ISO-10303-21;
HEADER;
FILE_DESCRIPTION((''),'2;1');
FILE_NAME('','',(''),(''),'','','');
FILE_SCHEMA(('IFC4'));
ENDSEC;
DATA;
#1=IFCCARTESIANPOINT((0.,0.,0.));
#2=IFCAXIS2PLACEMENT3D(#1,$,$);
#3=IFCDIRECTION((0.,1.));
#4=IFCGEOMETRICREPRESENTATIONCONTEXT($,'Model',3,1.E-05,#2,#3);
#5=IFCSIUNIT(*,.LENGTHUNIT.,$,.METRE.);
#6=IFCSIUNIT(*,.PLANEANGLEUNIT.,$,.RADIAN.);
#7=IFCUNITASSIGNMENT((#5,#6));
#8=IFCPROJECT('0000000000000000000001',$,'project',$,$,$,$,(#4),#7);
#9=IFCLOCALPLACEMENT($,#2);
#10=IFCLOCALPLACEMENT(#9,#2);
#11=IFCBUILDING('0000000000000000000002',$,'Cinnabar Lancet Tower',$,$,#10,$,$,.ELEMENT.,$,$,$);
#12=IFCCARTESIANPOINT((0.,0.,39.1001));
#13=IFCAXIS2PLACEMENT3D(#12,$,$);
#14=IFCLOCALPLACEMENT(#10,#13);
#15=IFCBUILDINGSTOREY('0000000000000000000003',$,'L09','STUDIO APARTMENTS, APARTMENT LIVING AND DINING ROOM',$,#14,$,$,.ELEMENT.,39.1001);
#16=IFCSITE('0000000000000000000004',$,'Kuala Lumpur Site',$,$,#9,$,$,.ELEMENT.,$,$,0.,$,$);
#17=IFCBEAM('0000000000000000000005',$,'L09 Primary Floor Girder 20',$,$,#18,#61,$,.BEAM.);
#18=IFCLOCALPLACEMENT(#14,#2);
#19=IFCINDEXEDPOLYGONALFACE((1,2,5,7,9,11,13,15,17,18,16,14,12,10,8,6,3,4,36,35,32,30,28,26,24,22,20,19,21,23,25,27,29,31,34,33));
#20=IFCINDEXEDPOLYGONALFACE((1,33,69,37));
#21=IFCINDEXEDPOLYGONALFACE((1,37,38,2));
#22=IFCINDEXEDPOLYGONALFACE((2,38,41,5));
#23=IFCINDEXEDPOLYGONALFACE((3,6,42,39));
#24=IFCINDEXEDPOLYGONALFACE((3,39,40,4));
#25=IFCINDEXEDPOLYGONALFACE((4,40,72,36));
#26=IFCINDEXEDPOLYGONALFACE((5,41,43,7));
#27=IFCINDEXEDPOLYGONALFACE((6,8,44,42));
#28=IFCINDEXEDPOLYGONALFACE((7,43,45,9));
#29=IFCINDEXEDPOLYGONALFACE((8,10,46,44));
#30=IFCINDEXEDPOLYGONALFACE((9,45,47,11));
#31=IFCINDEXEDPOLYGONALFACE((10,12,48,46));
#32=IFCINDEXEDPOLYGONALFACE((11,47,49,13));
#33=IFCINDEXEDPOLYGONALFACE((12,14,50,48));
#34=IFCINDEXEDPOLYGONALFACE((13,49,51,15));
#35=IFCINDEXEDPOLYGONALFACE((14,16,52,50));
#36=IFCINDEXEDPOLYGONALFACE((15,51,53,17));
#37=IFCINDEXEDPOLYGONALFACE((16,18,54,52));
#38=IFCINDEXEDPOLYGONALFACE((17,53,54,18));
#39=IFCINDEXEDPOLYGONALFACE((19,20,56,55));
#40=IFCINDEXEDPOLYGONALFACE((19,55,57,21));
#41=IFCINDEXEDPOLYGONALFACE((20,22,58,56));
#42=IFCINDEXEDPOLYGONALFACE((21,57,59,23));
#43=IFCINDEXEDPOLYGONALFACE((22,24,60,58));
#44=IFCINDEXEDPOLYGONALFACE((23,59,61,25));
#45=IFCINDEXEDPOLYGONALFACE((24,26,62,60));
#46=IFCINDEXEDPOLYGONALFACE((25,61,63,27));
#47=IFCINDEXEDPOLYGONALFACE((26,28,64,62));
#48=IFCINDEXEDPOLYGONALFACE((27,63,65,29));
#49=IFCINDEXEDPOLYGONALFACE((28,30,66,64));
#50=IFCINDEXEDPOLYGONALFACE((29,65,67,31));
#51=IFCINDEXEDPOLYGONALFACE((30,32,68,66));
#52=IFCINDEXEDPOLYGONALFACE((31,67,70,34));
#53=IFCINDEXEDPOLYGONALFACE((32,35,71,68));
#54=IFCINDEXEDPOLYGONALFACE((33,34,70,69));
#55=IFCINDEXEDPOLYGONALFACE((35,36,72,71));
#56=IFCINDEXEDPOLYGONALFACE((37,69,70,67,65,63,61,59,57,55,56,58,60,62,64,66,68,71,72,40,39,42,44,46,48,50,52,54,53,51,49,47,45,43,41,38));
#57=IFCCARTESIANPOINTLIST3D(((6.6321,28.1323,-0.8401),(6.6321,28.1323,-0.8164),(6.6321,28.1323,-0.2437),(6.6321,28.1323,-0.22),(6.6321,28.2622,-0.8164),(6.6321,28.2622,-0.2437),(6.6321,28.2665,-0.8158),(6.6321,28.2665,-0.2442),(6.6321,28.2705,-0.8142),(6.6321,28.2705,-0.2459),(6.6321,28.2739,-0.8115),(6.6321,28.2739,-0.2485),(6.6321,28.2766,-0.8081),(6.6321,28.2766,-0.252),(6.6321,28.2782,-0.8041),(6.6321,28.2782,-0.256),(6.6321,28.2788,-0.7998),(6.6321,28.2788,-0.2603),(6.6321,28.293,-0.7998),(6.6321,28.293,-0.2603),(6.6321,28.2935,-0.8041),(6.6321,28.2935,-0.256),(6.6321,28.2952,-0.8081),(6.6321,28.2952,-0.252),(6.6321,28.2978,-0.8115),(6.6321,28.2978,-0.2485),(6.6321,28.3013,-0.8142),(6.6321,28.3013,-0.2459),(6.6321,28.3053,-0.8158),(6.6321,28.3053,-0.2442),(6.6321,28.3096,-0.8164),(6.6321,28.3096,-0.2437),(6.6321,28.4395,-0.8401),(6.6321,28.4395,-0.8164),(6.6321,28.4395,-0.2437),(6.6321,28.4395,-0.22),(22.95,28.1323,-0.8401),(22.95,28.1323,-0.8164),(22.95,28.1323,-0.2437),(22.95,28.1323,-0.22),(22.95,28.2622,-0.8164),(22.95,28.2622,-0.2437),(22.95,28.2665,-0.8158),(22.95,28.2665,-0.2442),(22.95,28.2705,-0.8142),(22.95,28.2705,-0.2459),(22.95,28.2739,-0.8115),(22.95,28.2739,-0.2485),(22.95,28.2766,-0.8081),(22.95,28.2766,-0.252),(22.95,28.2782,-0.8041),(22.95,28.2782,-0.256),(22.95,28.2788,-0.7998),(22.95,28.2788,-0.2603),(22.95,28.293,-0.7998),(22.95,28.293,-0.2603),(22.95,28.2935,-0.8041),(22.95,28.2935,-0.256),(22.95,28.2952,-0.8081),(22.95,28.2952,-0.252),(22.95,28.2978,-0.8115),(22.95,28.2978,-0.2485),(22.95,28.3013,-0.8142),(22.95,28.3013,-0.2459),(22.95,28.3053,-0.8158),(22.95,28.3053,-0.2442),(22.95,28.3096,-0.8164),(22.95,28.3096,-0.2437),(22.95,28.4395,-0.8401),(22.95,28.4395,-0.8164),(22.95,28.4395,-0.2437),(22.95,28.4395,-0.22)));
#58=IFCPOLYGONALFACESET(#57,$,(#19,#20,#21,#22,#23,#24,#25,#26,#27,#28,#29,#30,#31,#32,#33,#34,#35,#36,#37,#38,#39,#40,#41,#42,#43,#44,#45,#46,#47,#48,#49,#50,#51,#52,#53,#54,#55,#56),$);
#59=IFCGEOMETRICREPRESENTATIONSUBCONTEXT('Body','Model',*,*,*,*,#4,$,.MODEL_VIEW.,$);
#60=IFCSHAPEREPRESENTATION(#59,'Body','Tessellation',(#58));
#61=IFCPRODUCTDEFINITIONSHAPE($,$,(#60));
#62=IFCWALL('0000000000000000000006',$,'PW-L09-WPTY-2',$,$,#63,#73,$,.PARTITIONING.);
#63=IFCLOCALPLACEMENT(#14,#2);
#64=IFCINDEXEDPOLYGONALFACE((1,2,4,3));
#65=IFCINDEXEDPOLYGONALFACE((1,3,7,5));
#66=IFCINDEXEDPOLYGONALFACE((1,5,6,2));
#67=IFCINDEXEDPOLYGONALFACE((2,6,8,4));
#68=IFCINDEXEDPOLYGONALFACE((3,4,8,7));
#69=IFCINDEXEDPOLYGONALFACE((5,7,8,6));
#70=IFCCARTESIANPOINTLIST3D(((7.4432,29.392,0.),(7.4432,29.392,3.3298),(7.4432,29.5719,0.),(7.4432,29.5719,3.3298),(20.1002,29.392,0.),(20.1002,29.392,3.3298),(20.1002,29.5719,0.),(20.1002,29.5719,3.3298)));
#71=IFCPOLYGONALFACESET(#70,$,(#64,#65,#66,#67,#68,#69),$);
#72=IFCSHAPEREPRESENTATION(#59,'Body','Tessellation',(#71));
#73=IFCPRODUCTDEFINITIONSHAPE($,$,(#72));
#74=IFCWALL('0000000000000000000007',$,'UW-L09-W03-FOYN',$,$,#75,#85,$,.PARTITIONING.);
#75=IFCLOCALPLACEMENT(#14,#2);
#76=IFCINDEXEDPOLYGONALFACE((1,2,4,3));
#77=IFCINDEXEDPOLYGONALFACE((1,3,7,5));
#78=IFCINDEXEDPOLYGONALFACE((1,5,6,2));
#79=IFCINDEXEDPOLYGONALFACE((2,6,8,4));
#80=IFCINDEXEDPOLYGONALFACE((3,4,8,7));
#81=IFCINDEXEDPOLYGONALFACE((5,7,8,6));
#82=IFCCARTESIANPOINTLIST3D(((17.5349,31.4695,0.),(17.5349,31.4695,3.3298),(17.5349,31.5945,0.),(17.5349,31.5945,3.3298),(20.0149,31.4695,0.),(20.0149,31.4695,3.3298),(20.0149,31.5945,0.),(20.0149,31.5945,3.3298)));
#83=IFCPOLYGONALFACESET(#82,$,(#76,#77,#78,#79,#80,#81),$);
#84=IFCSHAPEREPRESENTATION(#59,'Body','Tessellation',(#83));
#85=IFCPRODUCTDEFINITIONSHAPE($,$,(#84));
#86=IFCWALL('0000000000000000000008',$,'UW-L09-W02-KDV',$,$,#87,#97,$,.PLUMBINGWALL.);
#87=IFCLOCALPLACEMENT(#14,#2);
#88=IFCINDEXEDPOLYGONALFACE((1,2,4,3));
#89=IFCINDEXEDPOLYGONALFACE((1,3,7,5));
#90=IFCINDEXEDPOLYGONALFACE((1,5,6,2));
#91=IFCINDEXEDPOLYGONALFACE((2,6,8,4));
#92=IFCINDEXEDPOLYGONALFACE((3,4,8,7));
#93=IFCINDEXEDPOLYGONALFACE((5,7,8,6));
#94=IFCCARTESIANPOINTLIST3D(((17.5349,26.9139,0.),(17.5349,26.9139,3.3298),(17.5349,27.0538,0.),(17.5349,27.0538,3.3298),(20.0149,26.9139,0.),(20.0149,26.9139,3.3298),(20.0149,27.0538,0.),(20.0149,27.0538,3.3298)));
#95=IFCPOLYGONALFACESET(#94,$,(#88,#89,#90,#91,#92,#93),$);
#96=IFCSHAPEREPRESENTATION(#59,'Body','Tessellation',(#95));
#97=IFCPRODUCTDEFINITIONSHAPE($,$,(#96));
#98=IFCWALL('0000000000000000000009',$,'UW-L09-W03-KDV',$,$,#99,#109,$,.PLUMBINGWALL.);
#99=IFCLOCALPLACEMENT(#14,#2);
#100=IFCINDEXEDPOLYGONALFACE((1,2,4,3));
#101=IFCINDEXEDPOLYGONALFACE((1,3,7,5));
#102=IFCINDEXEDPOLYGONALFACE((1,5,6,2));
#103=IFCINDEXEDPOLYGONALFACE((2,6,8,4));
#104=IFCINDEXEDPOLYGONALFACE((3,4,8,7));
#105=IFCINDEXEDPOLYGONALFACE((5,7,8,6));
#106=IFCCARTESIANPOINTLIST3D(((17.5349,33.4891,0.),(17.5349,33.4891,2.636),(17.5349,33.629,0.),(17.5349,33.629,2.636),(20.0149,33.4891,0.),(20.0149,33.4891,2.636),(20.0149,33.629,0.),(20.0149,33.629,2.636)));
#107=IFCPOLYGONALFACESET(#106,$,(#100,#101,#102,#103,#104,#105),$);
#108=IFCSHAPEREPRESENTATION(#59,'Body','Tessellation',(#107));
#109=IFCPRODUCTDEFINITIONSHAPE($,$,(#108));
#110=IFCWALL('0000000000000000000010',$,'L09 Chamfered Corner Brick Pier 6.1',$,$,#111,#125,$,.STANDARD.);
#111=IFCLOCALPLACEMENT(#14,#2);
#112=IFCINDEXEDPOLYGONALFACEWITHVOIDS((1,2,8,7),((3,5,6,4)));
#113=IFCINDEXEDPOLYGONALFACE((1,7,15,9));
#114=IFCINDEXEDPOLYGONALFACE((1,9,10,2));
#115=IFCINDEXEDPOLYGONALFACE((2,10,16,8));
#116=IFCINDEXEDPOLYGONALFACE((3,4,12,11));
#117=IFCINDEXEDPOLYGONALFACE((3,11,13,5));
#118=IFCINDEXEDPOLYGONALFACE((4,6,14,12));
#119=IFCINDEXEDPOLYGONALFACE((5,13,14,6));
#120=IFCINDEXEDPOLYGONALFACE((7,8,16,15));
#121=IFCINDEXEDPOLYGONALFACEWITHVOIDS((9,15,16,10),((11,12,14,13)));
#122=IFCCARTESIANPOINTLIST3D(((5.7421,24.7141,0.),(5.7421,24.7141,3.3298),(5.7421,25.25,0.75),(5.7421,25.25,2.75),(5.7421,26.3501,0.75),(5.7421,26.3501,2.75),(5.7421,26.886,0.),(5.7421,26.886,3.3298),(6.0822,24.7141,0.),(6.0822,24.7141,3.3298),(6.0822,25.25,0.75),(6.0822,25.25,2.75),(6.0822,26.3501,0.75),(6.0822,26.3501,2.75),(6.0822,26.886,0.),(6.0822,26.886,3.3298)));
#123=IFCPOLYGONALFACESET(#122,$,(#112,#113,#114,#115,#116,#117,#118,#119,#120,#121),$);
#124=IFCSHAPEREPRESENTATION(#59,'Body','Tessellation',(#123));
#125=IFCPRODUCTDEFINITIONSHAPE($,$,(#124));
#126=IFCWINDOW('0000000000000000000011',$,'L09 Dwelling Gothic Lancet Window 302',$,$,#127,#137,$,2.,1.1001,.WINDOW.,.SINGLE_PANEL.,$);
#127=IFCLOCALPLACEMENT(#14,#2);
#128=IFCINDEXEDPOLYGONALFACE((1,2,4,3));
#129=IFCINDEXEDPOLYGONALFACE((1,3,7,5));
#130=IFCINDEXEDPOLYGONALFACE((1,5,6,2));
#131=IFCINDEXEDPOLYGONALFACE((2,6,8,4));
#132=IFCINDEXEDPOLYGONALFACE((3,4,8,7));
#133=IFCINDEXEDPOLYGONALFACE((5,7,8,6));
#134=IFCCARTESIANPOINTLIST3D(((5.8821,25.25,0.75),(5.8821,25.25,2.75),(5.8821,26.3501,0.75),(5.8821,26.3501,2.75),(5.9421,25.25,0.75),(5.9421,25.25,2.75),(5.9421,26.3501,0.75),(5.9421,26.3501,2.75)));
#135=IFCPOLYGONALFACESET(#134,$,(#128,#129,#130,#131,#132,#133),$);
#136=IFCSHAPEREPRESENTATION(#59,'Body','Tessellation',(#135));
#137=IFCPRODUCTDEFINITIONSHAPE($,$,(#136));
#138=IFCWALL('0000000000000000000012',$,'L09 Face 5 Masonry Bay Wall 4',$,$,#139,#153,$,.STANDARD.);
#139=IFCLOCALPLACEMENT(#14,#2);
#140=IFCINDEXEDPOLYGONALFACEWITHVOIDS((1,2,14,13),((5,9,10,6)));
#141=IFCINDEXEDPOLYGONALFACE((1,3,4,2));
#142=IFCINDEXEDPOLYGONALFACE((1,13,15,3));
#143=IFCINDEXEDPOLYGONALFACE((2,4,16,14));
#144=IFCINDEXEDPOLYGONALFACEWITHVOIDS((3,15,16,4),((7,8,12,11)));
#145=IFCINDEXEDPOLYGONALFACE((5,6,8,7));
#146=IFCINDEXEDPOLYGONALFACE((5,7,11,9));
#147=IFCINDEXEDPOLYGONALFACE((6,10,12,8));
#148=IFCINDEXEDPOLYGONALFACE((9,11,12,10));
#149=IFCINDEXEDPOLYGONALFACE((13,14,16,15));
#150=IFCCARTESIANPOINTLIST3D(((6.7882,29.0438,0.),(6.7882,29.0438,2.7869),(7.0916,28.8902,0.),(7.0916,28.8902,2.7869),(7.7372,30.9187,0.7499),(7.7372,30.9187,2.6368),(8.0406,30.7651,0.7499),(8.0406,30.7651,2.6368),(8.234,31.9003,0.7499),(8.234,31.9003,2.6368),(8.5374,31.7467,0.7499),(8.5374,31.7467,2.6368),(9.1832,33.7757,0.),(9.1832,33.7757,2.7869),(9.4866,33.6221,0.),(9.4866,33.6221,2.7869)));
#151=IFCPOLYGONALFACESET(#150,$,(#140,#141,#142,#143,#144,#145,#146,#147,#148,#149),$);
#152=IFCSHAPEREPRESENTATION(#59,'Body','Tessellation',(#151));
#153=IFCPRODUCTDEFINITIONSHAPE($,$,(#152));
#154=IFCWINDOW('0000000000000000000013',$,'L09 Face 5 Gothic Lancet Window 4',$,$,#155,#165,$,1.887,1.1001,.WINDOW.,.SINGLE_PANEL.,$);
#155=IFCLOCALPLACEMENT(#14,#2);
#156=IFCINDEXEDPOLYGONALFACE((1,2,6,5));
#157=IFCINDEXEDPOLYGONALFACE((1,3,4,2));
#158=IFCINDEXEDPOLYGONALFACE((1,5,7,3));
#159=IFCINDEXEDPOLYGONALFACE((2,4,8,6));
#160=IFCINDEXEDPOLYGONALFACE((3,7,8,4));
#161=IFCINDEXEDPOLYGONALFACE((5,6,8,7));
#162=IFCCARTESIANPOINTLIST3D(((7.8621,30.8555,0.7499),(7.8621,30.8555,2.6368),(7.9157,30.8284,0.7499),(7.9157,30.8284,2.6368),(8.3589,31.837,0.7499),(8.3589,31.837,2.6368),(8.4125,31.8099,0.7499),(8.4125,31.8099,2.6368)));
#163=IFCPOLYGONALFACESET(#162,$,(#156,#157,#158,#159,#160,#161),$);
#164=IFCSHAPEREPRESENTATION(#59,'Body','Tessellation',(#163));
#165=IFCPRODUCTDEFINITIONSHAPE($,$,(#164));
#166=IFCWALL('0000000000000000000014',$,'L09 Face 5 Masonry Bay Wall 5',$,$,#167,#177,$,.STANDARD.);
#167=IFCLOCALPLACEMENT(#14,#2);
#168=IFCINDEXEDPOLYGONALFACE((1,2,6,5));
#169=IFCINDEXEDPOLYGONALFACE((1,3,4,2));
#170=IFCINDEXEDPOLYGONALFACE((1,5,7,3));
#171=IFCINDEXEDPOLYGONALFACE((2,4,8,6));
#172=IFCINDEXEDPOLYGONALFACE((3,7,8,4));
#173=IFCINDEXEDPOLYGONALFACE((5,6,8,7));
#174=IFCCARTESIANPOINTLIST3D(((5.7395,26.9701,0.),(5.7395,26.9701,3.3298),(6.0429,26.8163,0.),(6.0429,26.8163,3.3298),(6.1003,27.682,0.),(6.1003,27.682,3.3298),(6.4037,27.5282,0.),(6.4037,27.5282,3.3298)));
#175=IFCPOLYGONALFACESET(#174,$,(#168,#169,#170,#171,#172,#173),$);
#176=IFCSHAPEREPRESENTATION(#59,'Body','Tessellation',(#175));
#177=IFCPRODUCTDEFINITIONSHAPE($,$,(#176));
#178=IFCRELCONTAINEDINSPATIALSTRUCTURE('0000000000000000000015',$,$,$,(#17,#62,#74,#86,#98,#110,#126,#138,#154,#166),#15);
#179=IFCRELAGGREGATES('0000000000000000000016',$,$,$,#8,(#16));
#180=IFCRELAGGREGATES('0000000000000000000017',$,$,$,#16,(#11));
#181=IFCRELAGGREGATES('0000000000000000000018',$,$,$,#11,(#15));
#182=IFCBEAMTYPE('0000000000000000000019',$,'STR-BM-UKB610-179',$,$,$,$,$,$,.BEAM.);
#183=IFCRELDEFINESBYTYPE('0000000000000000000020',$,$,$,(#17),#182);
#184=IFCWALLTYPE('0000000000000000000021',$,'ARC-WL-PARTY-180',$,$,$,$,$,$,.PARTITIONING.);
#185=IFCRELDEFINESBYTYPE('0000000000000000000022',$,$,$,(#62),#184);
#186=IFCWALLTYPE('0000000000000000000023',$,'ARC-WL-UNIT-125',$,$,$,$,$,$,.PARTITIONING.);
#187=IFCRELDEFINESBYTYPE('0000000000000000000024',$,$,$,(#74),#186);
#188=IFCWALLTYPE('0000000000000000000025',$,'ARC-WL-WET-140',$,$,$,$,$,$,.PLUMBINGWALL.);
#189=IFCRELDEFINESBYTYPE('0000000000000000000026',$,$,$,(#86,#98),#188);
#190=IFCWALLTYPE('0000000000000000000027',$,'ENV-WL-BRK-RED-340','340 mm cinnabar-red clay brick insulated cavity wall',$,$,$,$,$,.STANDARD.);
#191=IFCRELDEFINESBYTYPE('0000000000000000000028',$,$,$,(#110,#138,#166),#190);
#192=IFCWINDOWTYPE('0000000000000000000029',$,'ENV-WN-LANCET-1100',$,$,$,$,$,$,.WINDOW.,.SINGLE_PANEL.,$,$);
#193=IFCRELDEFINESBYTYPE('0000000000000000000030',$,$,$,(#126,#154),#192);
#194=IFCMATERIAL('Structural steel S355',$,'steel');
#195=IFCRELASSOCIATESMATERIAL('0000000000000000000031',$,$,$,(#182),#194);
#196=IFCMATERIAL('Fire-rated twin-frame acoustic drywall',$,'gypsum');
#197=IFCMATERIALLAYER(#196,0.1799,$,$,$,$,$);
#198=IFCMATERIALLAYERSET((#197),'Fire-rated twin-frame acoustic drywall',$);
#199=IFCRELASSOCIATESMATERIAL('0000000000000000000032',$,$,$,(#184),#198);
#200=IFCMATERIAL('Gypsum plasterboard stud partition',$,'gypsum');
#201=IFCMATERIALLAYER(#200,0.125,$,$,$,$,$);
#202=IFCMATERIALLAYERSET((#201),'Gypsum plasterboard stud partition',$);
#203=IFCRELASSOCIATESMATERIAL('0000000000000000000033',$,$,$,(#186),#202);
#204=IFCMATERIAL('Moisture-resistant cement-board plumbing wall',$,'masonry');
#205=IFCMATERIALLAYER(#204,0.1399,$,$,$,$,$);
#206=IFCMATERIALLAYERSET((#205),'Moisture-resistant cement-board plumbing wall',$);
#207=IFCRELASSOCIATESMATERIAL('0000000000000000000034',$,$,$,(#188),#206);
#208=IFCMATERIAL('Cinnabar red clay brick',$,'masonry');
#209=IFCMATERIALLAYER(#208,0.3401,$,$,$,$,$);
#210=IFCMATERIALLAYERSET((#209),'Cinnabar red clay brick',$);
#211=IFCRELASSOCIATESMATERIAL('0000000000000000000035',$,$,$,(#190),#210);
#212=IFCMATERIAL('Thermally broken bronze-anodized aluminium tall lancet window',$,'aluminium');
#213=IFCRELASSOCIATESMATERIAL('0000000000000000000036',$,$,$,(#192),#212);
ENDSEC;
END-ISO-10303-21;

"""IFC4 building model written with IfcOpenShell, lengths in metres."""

from ifc_helpers import new_model, si_unit, direction, frame, frame_2d, origin, origin_2d, place, context, subcontext, project, spatial, rectangle, i_section, extrude, material, layer, layer_set, material_profile, profile_set, type_object, element, fill, save


model = new_model("IFC4")

# Units and contexts
model_context = context("Model", 3, precision=1e-05, world=origin(), true_north=direction((0.0, 1.0)))
body_context = subcontext(model_context, "Body", "Model", "MODEL_VIEW")
ifc_project = project(units=[si_unit("LENGTHUNIT", "METRE"), si_unit("PLANEANGLEUNIT", "RADIAN")], contexts=[model_context])

# Site, building, storey
site_placement = place(None, origin())
site = spatial("IfcSite", under=ifc_project, at=site_placement, Name="Kuala Lumpur Site", CompositionType="ELEMENT", RefElevation=0.0)
building_placement = place(site_placement, origin())
building = spatial("IfcBuilding", under=site, at=building_placement, Name="Cinnabar Lancet Tower", CompositionType="ELEMENT")
storey_placement = place(building_placement, frame((0.0, 0.0, 39.1001)))
storey = spatial("IfcBuildingStorey", under=building, at=storey_placement, Name="L09", Description="STUDIO APARTMENTS, APARTMENT LIVING AND DINING ROOM", CompositionType="ELEMENT", Elevation=39.1001)

# Beam
ifc_material_1 = material(Name="Structural steel S355", Category="steel")
ifc_material_profile_1 = material_profile(ifc_material_1, i_section(OverallWidth=0.3071, OverallDepth=0.6201, WebThickness=0.0142, FlangeThickness=0.0237, FilletRadius=0.0166, at=origin_2d()), Name="UKB 610x305x179")
ifc_profile_set_1 = profile_set([ifc_material_profile_1], Name="Structural steel S355")
beam_type_1 = type_object("IfcBeamType", Name="STR-BM-UKB610-179", PredefinedType="BEAM", material=ifc_profile_set_1)
beam_1_placement = place(storey_placement, frame((6.6321, 28.2859, -0.53), z_axis=(1.0, 0.0, 0.0), x_axis=(0.0, 1.0, 0.0)))
element("IfcBeam", 1, at=beam_1_placement, inside=storey, type_object=beam_type_1, Name="L09 Primary Floor Girder 20", PredefinedType="BEAM", context=body_context, shape_type="SweptSolid", body=[
    extrude(i_section(OverallWidth=0.3071, OverallDepth=0.6201, WebThickness=0.0142, FlangeThickness=0.0237, FilletRadius=0.0166, at=origin_2d()), origin(), (0.0, 0.0, 1.0), 16.3179),
])

# Walls
ifc_material_2 = material(Name="Fire-rated twin-frame acoustic drywall", Category="gypsum")
ifc_layer_1 = layer(ifc_material_2, 0.1799)
ifc_layer_set_1 = layer_set([ifc_layer_1], Name="Fire-rated twin-frame acoustic drywall")
wall_type_1 = type_object("IfcWallType", Name="ARC-WL-PARTY-180", PredefinedType="PARTITIONING", material=ifc_layer_set_1)
wall_1_placement = place(storey_placement, frame((7.4431, 29.4819, 0.0), z_axis=(0.0, 0.0, 1.0), x_axis=(1.0, 0.0, 0.0)))
element("IfcWall", 2, at=wall_1_placement, inside=storey, type_object=wall_type_1, Name="PW-L09-WPTY-2", PredefinedType="PARTITIONING", context=body_context, shape_type="SweptSolid", body=[
    extrude(rectangle(XDim=12.657, YDim=0.1799, at=frame_2d((6.3286, 0.0))), origin(), (0.0, 0.0, 1.0), 3.3298),
])
ifc_material_3 = material(Name="Gypsum plasterboard stud partition", Category="gypsum")
ifc_layer_2 = layer(ifc_material_3, 0.125)
ifc_layer_set_2 = layer_set([ifc_layer_2], Name="Gypsum plasterboard stud partition")
wall_type_2 = type_object("IfcWallType", Name="ARC-WL-UNIT-125", PredefinedType="PARTITIONING", material=ifc_layer_set_2)
wall_2_placement = place(storey_placement, frame((17.5349, 31.532, 0.0), z_axis=(0.0, 0.0, 1.0), x_axis=(1.0, 0.0, 0.0)))
element("IfcWall", 3, at=wall_2_placement, inside=storey, type_object=wall_type_2, Name="UW-L09-W03-FOYN", PredefinedType="PARTITIONING", context=body_context, shape_type="SweptSolid", body=[
    extrude(rectangle(XDim=2.48, YDim=0.125, at=frame_2d((1.24, 0.0))), origin(), (0.0, 0.0, 1.0), 3.3298),
])
ifc_material_4 = material(Name="Moisture-resistant cement-board plumbing wall", Category="masonry")
ifc_layer_3 = layer(ifc_material_4, 0.1399)
ifc_layer_set_3 = layer_set([ifc_layer_3], Name="Moisture-resistant cement-board plumbing wall")
wall_type_3 = type_object("IfcWallType", Name="ARC-WL-WET-140", PredefinedType="PLUMBINGWALL", material=ifc_layer_set_3)
wall_3_placement = place(storey_placement, frame((17.5349, 26.9839, 0.0), z_axis=(0.0, 0.0, 1.0), x_axis=(1.0, 0.0, 0.0)))
element("IfcWall", 4, at=wall_3_placement, inside=storey, type_object=wall_type_3, Name="UW-L09-W02-KDV", PredefinedType="PLUMBINGWALL", context=body_context, shape_type="SweptSolid", body=[
    extrude(rectangle(XDim=2.48, YDim=0.1399, at=frame_2d((1.24, 0.0))), origin(), (0.0, 0.0, 1.0), 3.3298),
])

# Wall
wall_4_placement = place(storey_placement, frame((17.5349, 33.5591, 0.0), z_axis=(0.0, 0.0, 1.0), x_axis=(1.0, 0.0, 0.0)))
element("IfcWall", 5, at=wall_4_placement, inside=storey, type_object=wall_type_3, Name="UW-L09-W03-KDV", PredefinedType="PLUMBINGWALL", context=body_context, shape_type="SweptSolid", body=[
    extrude(rectangle(XDim=2.48, YDim=0.1399, at=frame_2d((1.24, 0.0))), origin(), (0.0, 0.0, 1.0), 2.636),
])

# Walls, openings, windows
ifc_material_5 = material(Name="Cinnabar red clay brick", Category="masonry")
ifc_layer_4 = layer(ifc_material_5, 0.3401)
ifc_layer_set_4 = layer_set([ifc_layer_4], Name="Cinnabar red clay brick")
wall_type_4 = type_object("IfcWallType", Name="ENV-WL-BRK-RED-340", Description="340 mm cinnabar-red clay brick insulated cavity wall", PredefinedType="STANDARD", material=ifc_layer_set_4)
wall_5_placement = place(storey_placement, frame((5.9121, 26.886, 0.0), z_axis=(0.0, 0.0, 1.0), x_axis=(0.0, -1.0, 0.0)))
wall_5 = element("IfcWall", 6, at=wall_5_placement, inside=storey, type_object=wall_type_4, Name="L09 Chamfered Corner Brick Pier 6.1", PredefinedType="STANDARD", context=body_context, shape_type="SweptSolid", body=[
    extrude(rectangle(XDim=2.1719, YDim=0.3401, at=frame_2d((1.0859, 0.0))), origin(), (0.0, 0.0, 1.0), 3.3298),
])
opening_1_placement = place(wall_5_placement, frame((0.5359, 0.0, 0.75)))
opening_1 = element("IfcOpeningElement", 7, at=opening_1_placement, cuts=wall_5, PredefinedType="OPENING", context=body_context, shape_type="SweptSolid", body=[
    extrude(rectangle(XDim=1.1001, YDim=2.0, at=frame_2d((0.55, 1.0))), frame((0.0, 0.1799, 0.0), z_axis=(0.0, -1.0, 0.0), x_axis=(1.0, 0.0, 0.0)), (0.0, 0.0, 1.0), 0.3601),
])
ifc_material_6 = material(Name="Thermally broken bronze-anodized aluminium tall lancet window", Category="aluminium")
window_type = type_object("IfcWindowType", Name="ENV-WN-LANCET-1100", PartitioningType="SINGLE_PANEL", PredefinedType="WINDOW", material=ifc_material_6)
window_1_placement = place(opening_1_placement, origin())
window_1 = element("IfcWindow", 8, at=window_1_placement, inside=storey, type_object=window_type, Name="L09 Dwelling Gothic Lancet Window 302", OverallHeight=2.0, OverallWidth=1.1001, PartitioningType="SINGLE_PANEL", PredefinedType="WINDOW", context=body_context, shape_type="SweptSolid", body=[
    extrude(rectangle(XDim=1.1001, YDim=2.0, at=frame_2d((0.55, 1.0))), frame((0.0, 0.03, 0.0), z_axis=(0.0, -1.0, 0.0), x_axis=(1.0, 0.0, 0.0)), (0.0, 0.0, 1.0), 0.0601),
])
fill(opening_1, window_1)
wall_6_placement = place(storey_placement, frame((9.335, 33.699, 0.0), z_axis=(0.0, 0.0, 1.0), x_axis=(-0.451591, -0.892225, 0.0)))
wall_6 = element("IfcWall", 9, at=wall_6_placement, inside=storey, type_object=wall_type_4, Name="L09 Face 5 Masonry Bay Wall 4", PredefinedType="STANDARD", context=body_context, shape_type="SweptSolid", body=[
    extrude(rectangle(XDim=5.3035, YDim=0.3401, at=frame_2d((2.6519, 0.0))), origin(), (0.0, 0.0, 1.0), 2.7869),
])
opening_2_placement = place(wall_6_placement, frame((2.1021, 0.0, 0.75)))
opening_2 = element("IfcOpeningElement", 10, at=opening_2_placement, cuts=wall_6, PredefinedType="OPENING", context=body_context, shape_type="SweptSolid", body=[
    extrude(rectangle(XDim=1.1001, YDim=1.887, at=frame_2d((0.55, 0.9434))), frame((0.0, 0.1799, 0.0), z_axis=(0.0, -1.0, 0.0), x_axis=(1.0, 0.0, 0.0)), (0.0, 0.0, 1.0), 0.3601),
])
window_2_placement = place(opening_2_placement, origin())
window_2 = element("IfcWindow", 11, at=window_2_placement, inside=storey, type_object=window_type, Name="L09 Face 5 Gothic Lancet Window 4", OverallHeight=1.887, OverallWidth=1.1001, PartitioningType="SINGLE_PANEL", PredefinedType="WINDOW", context=body_context, shape_type="SweptSolid", body=[
    extrude(rectangle(XDim=1.1001, YDim=1.887, at=frame_2d((0.55, 0.9434))), frame((0.0, 0.03, 0.0), z_axis=(0.0, -1.0, 0.0), x_axis=(1.0, 0.0, 0.0)), (0.0, 0.0, 1.0), 0.0601),
])
fill(opening_2, window_2)

# Wall
wall_7_placement = place(storey_placement, frame((6.252, 27.605, 0.0), z_axis=(0.0, 0.0, 1.0), x_axis=(-0.452101, -0.891967, 0.0)))
element("IfcWall", 12, at=wall_7_placement, inside=storey, type_object=wall_type_4, Name="L09 Face 5 Masonry Bay Wall 5", PredefinedType="STANDARD", context=body_context, shape_type="SweptSolid", body=[
    extrude(rectangle(XDim=0.7981, YDim=0.3401, at=frame_2d((0.3989, 0.0))), origin(), (0.0, 0.0, 1.0), 3.3298),
])

save(model, "model.ifc")
